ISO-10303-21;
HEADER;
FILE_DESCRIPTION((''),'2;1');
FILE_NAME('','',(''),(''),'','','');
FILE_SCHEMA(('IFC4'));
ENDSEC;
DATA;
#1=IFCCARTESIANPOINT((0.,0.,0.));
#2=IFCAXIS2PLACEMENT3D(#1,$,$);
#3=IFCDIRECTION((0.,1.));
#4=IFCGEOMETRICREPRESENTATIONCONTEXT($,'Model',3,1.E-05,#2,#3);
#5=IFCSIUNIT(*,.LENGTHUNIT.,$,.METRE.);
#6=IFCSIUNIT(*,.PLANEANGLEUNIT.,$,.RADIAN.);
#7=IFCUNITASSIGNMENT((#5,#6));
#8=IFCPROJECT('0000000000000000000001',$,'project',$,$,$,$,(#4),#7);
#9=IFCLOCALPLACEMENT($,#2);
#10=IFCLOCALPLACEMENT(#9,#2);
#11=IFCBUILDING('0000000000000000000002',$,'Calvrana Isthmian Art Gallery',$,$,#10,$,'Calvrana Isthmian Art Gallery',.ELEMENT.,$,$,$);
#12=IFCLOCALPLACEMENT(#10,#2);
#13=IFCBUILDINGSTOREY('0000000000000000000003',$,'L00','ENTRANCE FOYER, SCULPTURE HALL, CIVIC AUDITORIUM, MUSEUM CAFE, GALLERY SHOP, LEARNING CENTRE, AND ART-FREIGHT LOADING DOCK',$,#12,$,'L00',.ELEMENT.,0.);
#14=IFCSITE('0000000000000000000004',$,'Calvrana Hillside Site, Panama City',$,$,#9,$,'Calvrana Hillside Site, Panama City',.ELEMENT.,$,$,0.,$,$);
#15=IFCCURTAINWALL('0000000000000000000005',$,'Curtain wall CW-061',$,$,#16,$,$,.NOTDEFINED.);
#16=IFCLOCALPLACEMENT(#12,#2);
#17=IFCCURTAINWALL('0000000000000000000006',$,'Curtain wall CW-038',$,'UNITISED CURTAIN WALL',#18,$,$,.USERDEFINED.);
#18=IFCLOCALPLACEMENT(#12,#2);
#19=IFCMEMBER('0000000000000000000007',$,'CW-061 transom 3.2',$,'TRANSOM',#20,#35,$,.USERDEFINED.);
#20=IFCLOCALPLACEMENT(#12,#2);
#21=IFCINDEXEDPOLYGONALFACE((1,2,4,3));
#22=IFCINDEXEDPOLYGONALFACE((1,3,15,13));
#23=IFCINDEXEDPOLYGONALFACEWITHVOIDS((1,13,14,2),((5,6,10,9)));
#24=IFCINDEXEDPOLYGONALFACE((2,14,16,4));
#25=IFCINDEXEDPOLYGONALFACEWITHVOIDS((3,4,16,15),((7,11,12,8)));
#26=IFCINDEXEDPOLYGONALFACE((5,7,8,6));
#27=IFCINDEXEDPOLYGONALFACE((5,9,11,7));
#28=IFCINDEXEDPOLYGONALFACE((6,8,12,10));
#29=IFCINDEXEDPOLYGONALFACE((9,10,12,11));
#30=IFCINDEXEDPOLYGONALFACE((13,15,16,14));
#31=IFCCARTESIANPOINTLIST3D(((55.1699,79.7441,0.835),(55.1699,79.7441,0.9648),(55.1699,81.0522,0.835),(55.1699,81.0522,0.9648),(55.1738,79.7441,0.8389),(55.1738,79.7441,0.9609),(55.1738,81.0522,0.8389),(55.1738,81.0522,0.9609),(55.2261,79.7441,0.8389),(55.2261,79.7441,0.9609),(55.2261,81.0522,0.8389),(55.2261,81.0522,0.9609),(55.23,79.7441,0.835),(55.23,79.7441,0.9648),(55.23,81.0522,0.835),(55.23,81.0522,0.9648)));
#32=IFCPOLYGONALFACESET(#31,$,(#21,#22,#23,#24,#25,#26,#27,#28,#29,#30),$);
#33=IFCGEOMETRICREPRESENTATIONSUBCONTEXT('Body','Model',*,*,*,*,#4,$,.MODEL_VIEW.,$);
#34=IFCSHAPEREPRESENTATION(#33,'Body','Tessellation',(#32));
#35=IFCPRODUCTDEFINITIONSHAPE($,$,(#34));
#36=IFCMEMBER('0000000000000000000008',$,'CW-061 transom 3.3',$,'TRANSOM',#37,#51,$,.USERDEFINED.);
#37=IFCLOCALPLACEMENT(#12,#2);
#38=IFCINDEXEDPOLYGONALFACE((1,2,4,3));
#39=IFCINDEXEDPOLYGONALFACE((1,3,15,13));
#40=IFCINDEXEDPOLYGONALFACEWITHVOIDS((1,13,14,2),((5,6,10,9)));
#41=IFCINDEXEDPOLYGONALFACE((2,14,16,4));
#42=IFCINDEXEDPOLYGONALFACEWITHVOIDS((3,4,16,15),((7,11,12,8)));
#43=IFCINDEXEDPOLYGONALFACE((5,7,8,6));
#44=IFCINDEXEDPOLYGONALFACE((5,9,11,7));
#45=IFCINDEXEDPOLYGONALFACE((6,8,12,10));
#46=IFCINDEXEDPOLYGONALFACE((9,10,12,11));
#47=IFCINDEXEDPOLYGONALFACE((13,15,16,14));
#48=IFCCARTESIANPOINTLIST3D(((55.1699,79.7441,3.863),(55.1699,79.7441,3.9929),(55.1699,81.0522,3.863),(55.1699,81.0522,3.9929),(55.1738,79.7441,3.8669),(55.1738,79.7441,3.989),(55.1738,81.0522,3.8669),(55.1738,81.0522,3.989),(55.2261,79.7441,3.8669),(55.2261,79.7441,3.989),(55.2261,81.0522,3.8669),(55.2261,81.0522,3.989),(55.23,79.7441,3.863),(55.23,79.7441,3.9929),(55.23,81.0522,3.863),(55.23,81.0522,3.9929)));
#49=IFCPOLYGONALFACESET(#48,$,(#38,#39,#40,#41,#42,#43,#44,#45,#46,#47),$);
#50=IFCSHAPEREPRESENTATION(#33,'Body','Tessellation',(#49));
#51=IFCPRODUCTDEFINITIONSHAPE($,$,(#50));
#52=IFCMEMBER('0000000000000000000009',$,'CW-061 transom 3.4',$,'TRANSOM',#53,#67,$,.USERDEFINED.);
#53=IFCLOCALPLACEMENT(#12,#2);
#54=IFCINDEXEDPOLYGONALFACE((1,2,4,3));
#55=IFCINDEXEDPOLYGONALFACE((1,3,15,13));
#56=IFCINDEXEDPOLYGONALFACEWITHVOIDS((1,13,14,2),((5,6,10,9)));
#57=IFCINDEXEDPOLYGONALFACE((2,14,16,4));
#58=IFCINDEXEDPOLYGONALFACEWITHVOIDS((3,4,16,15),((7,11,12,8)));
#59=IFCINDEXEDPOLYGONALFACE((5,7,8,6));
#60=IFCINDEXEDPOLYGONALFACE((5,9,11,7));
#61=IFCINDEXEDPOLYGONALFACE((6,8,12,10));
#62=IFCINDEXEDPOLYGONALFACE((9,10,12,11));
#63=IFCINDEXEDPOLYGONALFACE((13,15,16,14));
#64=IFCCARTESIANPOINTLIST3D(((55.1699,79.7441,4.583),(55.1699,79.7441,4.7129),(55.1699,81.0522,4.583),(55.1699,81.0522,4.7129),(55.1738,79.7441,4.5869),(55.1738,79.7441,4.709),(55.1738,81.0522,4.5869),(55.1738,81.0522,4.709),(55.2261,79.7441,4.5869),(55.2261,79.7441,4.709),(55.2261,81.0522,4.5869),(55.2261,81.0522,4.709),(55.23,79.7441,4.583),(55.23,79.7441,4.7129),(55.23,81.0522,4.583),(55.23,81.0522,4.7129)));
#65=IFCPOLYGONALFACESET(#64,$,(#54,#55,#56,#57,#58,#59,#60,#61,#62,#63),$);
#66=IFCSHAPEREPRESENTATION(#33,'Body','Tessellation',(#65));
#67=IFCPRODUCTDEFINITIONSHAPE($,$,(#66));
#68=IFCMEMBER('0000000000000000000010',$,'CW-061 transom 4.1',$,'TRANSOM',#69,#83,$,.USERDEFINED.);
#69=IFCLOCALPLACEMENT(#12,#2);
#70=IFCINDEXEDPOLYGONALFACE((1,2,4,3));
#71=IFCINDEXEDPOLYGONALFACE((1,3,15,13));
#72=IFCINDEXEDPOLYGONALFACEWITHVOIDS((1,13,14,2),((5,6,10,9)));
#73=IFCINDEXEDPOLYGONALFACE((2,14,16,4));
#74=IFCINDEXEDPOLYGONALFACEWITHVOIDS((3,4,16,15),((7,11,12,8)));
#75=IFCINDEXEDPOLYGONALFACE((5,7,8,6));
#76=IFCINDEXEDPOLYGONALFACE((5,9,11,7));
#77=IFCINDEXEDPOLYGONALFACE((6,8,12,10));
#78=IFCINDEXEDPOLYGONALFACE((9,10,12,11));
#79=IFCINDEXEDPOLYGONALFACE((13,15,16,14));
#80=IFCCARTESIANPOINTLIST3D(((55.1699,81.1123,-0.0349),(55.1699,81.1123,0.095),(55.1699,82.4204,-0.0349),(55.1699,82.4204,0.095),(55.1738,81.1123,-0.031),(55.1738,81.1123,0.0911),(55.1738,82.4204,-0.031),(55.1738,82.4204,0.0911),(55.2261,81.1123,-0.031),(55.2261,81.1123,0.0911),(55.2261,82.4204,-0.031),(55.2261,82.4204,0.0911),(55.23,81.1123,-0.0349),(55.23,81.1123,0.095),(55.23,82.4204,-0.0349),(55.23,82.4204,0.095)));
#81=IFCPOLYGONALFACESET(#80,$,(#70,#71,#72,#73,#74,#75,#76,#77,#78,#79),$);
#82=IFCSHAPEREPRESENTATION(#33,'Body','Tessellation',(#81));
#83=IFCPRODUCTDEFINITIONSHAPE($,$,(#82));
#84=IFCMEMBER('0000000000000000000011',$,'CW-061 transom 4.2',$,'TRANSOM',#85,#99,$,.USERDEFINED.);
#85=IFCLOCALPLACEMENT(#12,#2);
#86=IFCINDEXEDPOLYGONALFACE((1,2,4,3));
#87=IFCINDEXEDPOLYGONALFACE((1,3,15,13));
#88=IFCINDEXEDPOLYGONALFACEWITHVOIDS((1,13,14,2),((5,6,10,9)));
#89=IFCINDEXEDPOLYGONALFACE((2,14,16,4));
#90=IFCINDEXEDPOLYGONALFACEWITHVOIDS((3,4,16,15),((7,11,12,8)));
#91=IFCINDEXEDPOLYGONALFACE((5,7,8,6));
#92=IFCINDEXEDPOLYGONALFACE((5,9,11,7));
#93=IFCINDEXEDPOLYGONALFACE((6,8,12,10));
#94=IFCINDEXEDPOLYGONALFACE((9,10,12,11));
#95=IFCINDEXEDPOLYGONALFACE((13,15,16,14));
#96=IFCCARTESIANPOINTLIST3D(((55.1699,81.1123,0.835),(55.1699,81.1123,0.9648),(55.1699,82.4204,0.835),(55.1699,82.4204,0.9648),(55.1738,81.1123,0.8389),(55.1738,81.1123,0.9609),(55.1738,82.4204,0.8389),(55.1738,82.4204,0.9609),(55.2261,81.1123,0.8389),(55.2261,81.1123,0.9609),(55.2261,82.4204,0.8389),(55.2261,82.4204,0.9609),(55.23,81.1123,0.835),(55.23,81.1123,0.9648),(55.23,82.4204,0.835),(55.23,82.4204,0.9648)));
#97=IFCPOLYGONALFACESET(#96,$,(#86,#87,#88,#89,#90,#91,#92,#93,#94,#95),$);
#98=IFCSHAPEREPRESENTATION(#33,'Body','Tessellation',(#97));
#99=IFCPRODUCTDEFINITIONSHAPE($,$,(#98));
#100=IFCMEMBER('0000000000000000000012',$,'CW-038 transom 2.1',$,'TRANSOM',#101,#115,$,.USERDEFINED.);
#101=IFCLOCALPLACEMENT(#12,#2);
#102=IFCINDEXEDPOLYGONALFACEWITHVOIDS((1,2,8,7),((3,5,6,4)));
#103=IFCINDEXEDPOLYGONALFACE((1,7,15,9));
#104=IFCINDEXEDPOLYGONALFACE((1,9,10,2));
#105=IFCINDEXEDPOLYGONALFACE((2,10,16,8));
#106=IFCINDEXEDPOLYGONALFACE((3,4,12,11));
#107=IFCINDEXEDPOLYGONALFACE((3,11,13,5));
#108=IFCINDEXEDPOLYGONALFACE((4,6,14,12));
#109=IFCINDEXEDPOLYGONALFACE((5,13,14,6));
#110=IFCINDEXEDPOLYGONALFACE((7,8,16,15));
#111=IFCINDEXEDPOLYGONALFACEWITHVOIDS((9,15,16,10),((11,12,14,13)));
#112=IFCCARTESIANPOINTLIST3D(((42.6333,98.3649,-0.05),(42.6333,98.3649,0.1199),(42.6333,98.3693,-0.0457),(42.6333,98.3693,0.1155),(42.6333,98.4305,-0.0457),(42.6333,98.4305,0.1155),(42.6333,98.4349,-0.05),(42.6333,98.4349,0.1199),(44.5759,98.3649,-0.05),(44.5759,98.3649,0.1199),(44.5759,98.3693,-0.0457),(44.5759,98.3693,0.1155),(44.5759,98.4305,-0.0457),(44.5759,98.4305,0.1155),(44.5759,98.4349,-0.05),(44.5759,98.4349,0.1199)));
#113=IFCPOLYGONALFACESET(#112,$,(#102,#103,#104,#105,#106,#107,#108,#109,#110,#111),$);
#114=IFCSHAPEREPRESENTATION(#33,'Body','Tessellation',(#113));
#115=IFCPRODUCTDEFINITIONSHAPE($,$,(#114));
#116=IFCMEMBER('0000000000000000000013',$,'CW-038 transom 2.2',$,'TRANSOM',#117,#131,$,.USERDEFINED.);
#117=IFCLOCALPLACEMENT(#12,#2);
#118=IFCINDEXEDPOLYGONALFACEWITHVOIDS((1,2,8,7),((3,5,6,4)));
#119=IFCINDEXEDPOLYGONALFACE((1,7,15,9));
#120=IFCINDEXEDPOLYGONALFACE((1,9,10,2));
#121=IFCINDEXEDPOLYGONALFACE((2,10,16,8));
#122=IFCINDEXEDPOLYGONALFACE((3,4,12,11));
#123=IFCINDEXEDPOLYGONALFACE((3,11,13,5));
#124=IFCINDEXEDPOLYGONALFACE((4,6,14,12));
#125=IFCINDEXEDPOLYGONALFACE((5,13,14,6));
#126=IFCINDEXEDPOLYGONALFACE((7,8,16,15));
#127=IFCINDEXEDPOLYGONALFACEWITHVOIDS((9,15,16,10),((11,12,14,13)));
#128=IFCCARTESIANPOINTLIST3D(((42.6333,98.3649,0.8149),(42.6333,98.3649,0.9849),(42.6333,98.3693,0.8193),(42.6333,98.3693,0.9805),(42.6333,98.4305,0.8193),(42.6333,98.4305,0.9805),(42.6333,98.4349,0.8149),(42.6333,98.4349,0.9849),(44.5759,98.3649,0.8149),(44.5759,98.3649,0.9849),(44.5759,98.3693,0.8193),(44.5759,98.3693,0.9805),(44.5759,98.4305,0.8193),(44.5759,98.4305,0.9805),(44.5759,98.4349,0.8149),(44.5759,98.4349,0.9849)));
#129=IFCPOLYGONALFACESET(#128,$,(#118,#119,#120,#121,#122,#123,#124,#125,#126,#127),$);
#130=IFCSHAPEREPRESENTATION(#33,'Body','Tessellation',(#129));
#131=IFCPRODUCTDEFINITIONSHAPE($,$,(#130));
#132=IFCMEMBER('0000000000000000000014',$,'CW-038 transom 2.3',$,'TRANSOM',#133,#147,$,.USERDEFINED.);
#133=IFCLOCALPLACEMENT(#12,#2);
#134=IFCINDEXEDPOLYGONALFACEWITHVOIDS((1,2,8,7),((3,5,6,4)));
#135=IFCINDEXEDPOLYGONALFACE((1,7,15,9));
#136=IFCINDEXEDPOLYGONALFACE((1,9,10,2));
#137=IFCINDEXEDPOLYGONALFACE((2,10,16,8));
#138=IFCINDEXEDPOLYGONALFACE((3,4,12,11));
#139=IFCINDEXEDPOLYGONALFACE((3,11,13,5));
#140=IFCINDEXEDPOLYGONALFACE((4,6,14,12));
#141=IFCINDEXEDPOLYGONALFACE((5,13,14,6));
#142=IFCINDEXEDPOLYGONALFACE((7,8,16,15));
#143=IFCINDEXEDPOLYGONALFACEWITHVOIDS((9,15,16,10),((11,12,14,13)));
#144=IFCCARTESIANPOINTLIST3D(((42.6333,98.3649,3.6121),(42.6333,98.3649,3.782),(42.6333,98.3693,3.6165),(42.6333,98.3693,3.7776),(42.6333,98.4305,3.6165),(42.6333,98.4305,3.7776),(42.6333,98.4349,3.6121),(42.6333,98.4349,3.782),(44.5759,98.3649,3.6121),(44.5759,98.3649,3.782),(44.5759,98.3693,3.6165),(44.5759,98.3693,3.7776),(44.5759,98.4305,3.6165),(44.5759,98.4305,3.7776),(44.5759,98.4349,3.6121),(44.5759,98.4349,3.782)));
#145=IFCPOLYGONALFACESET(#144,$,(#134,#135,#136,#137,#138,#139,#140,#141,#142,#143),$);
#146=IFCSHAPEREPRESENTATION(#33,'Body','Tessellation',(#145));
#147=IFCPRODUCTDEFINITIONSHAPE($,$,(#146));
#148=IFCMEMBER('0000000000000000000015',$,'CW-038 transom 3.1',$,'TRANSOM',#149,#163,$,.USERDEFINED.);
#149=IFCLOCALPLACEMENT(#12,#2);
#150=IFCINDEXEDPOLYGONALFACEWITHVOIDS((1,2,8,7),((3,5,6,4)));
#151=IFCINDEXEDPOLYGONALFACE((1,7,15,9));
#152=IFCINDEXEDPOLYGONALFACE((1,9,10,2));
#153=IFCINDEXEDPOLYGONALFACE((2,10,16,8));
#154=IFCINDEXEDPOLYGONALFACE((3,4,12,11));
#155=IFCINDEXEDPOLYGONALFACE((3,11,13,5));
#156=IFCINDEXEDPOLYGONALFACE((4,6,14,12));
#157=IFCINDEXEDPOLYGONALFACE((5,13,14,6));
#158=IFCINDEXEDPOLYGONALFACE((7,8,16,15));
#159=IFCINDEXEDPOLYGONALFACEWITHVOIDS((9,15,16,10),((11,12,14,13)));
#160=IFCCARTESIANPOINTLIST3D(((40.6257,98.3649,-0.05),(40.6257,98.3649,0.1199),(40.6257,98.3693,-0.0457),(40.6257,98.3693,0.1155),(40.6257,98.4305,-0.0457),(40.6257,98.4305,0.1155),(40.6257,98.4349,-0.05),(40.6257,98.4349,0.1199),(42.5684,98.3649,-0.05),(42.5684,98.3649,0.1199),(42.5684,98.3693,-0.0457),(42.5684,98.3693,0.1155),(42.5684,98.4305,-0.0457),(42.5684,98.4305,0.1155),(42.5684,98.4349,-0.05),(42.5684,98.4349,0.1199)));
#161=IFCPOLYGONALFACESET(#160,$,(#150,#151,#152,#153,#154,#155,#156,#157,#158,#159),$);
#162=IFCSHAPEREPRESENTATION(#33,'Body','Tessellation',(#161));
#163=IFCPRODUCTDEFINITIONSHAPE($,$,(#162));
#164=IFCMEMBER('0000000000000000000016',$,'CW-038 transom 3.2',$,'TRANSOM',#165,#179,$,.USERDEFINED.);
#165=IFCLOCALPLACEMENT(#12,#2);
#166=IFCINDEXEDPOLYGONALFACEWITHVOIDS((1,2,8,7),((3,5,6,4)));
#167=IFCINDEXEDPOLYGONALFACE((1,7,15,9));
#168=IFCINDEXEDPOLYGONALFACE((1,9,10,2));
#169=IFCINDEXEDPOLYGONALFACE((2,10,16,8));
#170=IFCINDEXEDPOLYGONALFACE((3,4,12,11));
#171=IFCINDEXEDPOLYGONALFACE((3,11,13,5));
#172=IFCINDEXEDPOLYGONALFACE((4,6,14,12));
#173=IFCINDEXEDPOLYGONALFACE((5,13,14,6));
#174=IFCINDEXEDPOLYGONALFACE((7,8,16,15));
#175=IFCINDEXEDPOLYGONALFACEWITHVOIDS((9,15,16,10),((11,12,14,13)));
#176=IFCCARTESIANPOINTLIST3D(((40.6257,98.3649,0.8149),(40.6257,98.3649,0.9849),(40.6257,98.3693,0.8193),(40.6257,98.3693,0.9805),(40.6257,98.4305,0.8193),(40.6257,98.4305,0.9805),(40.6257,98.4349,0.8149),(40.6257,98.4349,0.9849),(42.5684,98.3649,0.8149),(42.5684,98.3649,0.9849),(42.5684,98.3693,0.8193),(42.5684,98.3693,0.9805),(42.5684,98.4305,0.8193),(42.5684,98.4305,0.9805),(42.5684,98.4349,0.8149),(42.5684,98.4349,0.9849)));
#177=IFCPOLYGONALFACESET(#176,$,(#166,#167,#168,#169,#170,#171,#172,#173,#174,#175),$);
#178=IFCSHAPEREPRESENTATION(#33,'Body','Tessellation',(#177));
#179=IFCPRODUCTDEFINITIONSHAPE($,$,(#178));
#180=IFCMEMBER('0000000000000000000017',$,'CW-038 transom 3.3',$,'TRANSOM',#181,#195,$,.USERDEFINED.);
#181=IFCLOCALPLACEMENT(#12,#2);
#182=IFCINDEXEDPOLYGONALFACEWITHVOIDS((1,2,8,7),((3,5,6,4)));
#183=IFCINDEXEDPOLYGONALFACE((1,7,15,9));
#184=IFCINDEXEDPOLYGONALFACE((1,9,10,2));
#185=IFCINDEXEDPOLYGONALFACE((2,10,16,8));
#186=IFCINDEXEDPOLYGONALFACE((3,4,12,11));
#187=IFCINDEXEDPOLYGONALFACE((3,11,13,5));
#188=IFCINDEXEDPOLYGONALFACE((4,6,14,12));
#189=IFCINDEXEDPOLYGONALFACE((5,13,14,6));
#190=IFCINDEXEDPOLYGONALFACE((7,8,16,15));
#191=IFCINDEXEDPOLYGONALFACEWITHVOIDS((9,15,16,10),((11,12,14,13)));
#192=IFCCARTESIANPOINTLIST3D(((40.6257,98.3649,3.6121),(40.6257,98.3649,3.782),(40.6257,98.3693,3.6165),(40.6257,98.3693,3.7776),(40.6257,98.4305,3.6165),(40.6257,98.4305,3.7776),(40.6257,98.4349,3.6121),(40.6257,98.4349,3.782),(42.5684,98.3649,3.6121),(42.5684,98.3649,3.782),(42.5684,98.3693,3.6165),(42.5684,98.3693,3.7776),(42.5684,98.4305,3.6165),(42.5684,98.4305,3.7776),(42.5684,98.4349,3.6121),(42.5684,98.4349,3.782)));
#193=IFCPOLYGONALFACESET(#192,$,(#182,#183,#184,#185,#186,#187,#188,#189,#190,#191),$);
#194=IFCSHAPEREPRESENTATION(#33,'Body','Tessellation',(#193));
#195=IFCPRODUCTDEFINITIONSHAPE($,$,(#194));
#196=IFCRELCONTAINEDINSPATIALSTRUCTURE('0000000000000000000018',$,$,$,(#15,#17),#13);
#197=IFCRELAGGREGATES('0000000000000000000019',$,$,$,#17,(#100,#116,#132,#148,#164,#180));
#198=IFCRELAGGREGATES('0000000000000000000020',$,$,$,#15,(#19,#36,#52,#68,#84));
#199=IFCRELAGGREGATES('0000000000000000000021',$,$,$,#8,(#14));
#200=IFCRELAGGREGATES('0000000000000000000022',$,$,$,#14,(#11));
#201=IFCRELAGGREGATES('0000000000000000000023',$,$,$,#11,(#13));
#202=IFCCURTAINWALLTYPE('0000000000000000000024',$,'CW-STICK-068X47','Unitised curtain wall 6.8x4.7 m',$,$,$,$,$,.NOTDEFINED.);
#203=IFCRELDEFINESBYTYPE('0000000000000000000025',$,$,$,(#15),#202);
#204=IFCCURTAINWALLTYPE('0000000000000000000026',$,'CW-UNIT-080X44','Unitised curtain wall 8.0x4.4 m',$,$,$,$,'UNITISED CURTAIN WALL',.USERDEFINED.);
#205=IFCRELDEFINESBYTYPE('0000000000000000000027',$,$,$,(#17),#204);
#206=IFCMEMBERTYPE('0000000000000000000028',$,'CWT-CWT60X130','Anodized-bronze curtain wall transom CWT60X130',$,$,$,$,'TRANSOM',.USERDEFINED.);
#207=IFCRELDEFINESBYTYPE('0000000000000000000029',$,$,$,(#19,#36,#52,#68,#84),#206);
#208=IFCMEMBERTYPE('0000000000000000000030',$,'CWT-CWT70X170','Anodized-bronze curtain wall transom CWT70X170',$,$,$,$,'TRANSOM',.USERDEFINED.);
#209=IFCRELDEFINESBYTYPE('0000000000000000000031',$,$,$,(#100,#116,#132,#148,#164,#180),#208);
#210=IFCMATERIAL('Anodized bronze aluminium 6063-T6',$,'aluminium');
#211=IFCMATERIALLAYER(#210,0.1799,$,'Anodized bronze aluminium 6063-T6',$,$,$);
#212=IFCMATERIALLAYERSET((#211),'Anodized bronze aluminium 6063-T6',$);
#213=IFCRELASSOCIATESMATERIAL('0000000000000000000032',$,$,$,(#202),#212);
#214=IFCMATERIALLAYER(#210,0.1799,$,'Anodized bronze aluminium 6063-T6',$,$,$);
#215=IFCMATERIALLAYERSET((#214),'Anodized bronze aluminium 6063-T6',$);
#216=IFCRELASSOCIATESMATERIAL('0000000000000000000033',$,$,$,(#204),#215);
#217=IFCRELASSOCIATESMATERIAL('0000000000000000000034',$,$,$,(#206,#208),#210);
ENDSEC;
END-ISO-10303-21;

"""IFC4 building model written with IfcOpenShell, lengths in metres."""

from ifc_helpers import new_model, si_unit, direction, frame, origin, origin_2d, place, context, subcontext, project, spatial, hollow_rectangle, extrude, material, layer, layer_set, material_profile, profile_set, type_object, element, aggregate, save


model = new_model("IFC4")

# Units and contexts
model_context = context("Model", 3, precision=1e-05, world=origin(), true_north=direction((0.0, 1.0)))
body_context = subcontext(model_context, "Body", "Model", "MODEL_VIEW")
ifc_project = project(units=[si_unit("LENGTHUNIT", "METRE"), si_unit("PLANEANGLEUNIT", "RADIAN")], contexts=[model_context])

# Site, building, storey
site_placement = place(None, origin())
site = spatial("IfcSite", under=ifc_project, at=site_placement, Name="Calvrana Hillside Site, Panama City", LongName="Calvrana Hillside Site, Panama City", CompositionType="ELEMENT", RefElevation=0.0)
building_placement = place(site_placement, origin())
building = spatial("IfcBuilding", under=site, at=building_placement, Name="Calvrana Isthmian Art Gallery", LongName="Calvrana Isthmian Art Gallery", CompositionType="ELEMENT")
storey_placement = place(building_placement, origin())
storey = spatial("IfcBuildingStorey", under=building, at=storey_placement, Name="L00", Description="ENTRANCE FOYER, SCULPTURE HALL, CIVIC AUDITORIUM, MUSEUM CAFE, GALLERY SHOP, LEARNING CENTRE, AND ART-FREIGHT LOADING DOCK", LongName="L00", CompositionType="ELEMENT", Elevation=0.0)

# Curtain wall
ifc_material_1 = material(Name="Anodized bronze aluminium 6063-T6", Category="aluminium")
ifc_layer_1 = layer(ifc_material_1, 0.1799, Name="Anodized bronze aluminium 6063-T6")
ifc_layer_set_1 = layer_set([ifc_layer_1], Name="Anodized bronze aluminium 6063-T6")
curtain_wall_type_1 = type_object("IfcCurtainWallType", Name="CW-STICK-068X47", Description="Unitised curtain wall 6.8x4.7 m", PredefinedType="NOTDEFINED", material=ifc_layer_set_1)
curtain_wall_1_placement = place(storey_placement, origin())
curtain_wall_1 = element("IfcCurtainWall", 1, at=curtain_wall_1_placement, inside=storey, type_object=curtain_wall_type_1, Name="Curtain wall CW-061", PredefinedType="NOTDEFINED")

# Curtain wall
ifc_layer_2 = layer(ifc_material_1, 0.1799, Name="Anodized bronze aluminium 6063-T6")
ifc_layer_set_2 = layer_set([ifc_layer_2], Name="Anodized bronze aluminium 6063-T6")
curtain_wall_type_2 = type_object("IfcCurtainWallType", Name="CW-UNIT-080X44", Description="Unitised curtain wall 8.0x4.4 m", ElementType="UNITISED CURTAIN WALL", PredefinedType="USERDEFINED", material=ifc_layer_set_2)
curtain_wall_2_placement = place(storey_placement, origin())
curtain_wall_2 = element("IfcCurtainWall", 2, at=curtain_wall_2_placement, inside=storey, type_object=curtain_wall_type_2, Name="Curtain wall CW-038", ObjectType="UNITISED CURTAIN WALL", PredefinedType="USERDEFINED")

# Members
ifc_material_profile_1 = material_profile(ifc_material_1, hollow_rectangle(XDim=0.0601, YDim=0.1299, WallThickness=0.0039, at=origin_2d()), Name="CWT60X130")
ifc_profile_set_1 = profile_set([ifc_material_profile_1], Name="Anodized bronze aluminium 6063-T6")
member_type_1 = type_object("IfcMemberType", Name="CWT-CWT60X130", Description="Anodized-bronze curtain wall transom CWT60X130", ElementType="TRANSOM", PredefinedType="USERDEFINED", material=ifc_profile_set_1)
member_1_placement = place(storey_placement, frame((55.2, 79.7441, 0.8999), z_axis=(0.0, 1.0, 0.0), x_axis=(-1.0, 0.0, 0.0)))
member_1 = element("IfcMember", 3, at=member_1_placement, type_object=member_type_1, Name="CW-061 transom 3.2", ObjectType="TRANSOM", PredefinedType="USERDEFINED", context=body_context, shape_type="SweptSolid", body=[
    extrude(hollow_rectangle(XDim=0.0601, YDim=0.1299, WallThickness=0.0039, at=origin_2d()), origin(), (0.0, 0.0, 1.0), 1.3081),
])
member_2_placement = place(storey_placement, frame((55.2, 79.7441, 3.928), z_axis=(0.0, 1.0, 0.0), x_axis=(-1.0, 0.0, 0.0)))
member_2 = element("IfcMember", 4, at=member_2_placement, type_object=member_type_1, Name="CW-061 transom 3.3", ObjectType="TRANSOM", PredefinedType="USERDEFINED", context=body_context, shape_type="SweptSolid", body=[
    extrude(hollow_rectangle(XDim=0.0601, YDim=0.1299, WallThickness=0.0039, at=origin_2d()), origin(), (0.0, 0.0, 1.0), 1.3081),
])
member_3_placement = place(storey_placement, frame((55.2, 79.7441, 4.6479), z_axis=(0.0, 1.0, 0.0), x_axis=(-1.0, 0.0, 0.0)))
member_3 = element("IfcMember", 5, at=member_3_placement, type_object=member_type_1, Name="CW-061 transom 3.4", ObjectType="TRANSOM", PredefinedType="USERDEFINED", context=body_context, shape_type="SweptSolid", body=[
    extrude(hollow_rectangle(XDim=0.0601, YDim=0.1299, WallThickness=0.0039, at=origin_2d()), origin(), (0.0, 0.0, 1.0), 1.3081),
])
member_4_placement = place(storey_placement, frame((55.2, 81.1123, 0.03), z_axis=(0.0, 1.0, 0.0), x_axis=(-1.0, 0.0, 0.0)))
member_4 = element("IfcMember", 6, at=member_4_placement, type_object=member_type_1, Name="CW-061 transom 4.1", ObjectType="TRANSOM", PredefinedType="USERDEFINED", context=body_context, shape_type="SweptSolid", body=[
    extrude(hollow_rectangle(XDim=0.0601, YDim=0.1299, WallThickness=0.0039, at=origin_2d()), origin(), (0.0, 0.0, 1.0), 1.3081),
])
member_5_placement = place(storey_placement, frame((55.2, 81.1123, 0.8999), z_axis=(0.0, 1.0, 0.0), x_axis=(-1.0, 0.0, 0.0)))
member_5 = element("IfcMember", 7, at=member_5_placement, type_object=member_type_1, Name="CW-061 transom 4.2", ObjectType="TRANSOM", PredefinedType="USERDEFINED", context=body_context, shape_type="SweptSolid", body=[
    extrude(hollow_rectangle(XDim=0.0601, YDim=0.1299, WallThickness=0.0039, at=origin_2d()), origin(), (0.0, 0.0, 1.0), 1.3081),
])
ifc_material_profile_2 = material_profile(ifc_material_1, hollow_rectangle(XDim=0.0701, YDim=0.1699, WallThickness=0.0044, at=origin_2d()), Name="CWT70X170")
ifc_profile_set_2 = profile_set([ifc_material_profile_2], Name="Anodized bronze aluminium 6063-T6")
member_type_2 = type_object("IfcMemberType", Name="CWT-CWT70X170", Description="Anodized-bronze curtain wall transom CWT70X170", ElementType="TRANSOM", PredefinedType="USERDEFINED", material=ifc_profile_set_2)
member_6_placement = place(storey_placement, frame((44.5759, 98.3999, 0.0349), z_axis=(-1.0, 0.0, 0.0), x_axis=(0.0, -1.0, 0.0)))
member_6 = element("IfcMember", 8, at=member_6_placement, type_object=member_type_2, Name="CW-038 transom 2.1", ObjectType="TRANSOM", PredefinedType="USERDEFINED", context=body_context, shape_type="SweptSolid", body=[
    extrude(hollow_rectangle(XDim=0.0701, YDim=0.1699, WallThickness=0.0044, at=origin_2d()), origin(), (0.0, 0.0, 1.0), 1.9426),
])
member_7_placement = place(storey_placement, frame((44.5759, 98.3999, 0.8999), z_axis=(-1.0, 0.0, 0.0), x_axis=(0.0, -1.0, 0.0)))
member_7 = element("IfcMember", 9, at=member_7_placement, type_object=member_type_2, Name="CW-038 transom 2.2", ObjectType="TRANSOM", PredefinedType="USERDEFINED", context=body_context, shape_type="SweptSolid", body=[
    extrude(hollow_rectangle(XDim=0.0701, YDim=0.1699, WallThickness=0.0044, at=origin_2d()), origin(), (0.0, 0.0, 1.0), 1.9426),
])
member_8_placement = place(storey_placement, frame((44.5759, 98.3999, 3.697), z_axis=(-1.0, 0.0, 0.0), x_axis=(0.0, -1.0, 0.0)))
member_8 = element("IfcMember", 10, at=member_8_placement, type_object=member_type_2, Name="CW-038 transom 2.3", ObjectType="TRANSOM", PredefinedType="USERDEFINED", context=body_context, shape_type="SweptSolid", body=[
    extrude(hollow_rectangle(XDim=0.0701, YDim=0.1699, WallThickness=0.0044, at=origin_2d()), origin(), (0.0, 0.0, 1.0), 1.9426),
])
member_9_placement = place(storey_placement, frame((42.5684, 98.3999, 0.0349), z_axis=(-1.0, 0.0, 0.0), x_axis=(0.0, -1.0, 0.0)))
member_9 = element("IfcMember", 11, at=member_9_placement, type_object=member_type_2, Name="CW-038 transom 3.1", ObjectType="TRANSOM", PredefinedType="USERDEFINED", context=body_context, shape_type="SweptSolid", body=[
    extrude(hollow_rectangle(XDim=0.0701, YDim=0.1699, WallThickness=0.0044, at=origin_2d()), origin(), (0.0, 0.0, 1.0), 1.9426),
])
member_10_placement = place(storey_placement, frame((42.5684, 98.3999, 0.8999), z_axis=(-1.0, 0.0, 0.0), x_axis=(0.0, -1.0, 0.0)))
member_10 = element("IfcMember", 12, at=member_10_placement, type_object=member_type_2, Name="CW-038 transom 3.2", ObjectType="TRANSOM", PredefinedType="USERDEFINED", context=body_context, shape_type="SweptSolid", body=[
    extrude(hollow_rectangle(XDim=0.0701, YDim=0.1699, WallThickness=0.0044, at=origin_2d()), origin(), (0.0, 0.0, 1.0), 1.9426),
])
member_11_placement = place(storey_placement, frame((42.5684, 98.3999, 3.697), z_axis=(-1.0, 0.0, 0.0), x_axis=(0.0, -1.0, 0.0)))
member_11 = element("IfcMember", 13, at=member_11_placement, type_object=member_type_2, Name="CW-038 transom 3.3", ObjectType="TRANSOM", PredefinedType="USERDEFINED", context=body_context, shape_type="SweptSolid", body=[
    extrude(hollow_rectangle(XDim=0.0701, YDim=0.1699, WallThickness=0.0044, at=origin_2d()), origin(), (0.0, 0.0, 1.0), 1.9426),
])

aggregate(curtain_wall_2, [member_6, member_7, member_8, member_9, member_10, member_11])
aggregate(curtain_wall_1, [member_1, member_2, member_3, member_4, member_5])

save(model, "model.ifc")
